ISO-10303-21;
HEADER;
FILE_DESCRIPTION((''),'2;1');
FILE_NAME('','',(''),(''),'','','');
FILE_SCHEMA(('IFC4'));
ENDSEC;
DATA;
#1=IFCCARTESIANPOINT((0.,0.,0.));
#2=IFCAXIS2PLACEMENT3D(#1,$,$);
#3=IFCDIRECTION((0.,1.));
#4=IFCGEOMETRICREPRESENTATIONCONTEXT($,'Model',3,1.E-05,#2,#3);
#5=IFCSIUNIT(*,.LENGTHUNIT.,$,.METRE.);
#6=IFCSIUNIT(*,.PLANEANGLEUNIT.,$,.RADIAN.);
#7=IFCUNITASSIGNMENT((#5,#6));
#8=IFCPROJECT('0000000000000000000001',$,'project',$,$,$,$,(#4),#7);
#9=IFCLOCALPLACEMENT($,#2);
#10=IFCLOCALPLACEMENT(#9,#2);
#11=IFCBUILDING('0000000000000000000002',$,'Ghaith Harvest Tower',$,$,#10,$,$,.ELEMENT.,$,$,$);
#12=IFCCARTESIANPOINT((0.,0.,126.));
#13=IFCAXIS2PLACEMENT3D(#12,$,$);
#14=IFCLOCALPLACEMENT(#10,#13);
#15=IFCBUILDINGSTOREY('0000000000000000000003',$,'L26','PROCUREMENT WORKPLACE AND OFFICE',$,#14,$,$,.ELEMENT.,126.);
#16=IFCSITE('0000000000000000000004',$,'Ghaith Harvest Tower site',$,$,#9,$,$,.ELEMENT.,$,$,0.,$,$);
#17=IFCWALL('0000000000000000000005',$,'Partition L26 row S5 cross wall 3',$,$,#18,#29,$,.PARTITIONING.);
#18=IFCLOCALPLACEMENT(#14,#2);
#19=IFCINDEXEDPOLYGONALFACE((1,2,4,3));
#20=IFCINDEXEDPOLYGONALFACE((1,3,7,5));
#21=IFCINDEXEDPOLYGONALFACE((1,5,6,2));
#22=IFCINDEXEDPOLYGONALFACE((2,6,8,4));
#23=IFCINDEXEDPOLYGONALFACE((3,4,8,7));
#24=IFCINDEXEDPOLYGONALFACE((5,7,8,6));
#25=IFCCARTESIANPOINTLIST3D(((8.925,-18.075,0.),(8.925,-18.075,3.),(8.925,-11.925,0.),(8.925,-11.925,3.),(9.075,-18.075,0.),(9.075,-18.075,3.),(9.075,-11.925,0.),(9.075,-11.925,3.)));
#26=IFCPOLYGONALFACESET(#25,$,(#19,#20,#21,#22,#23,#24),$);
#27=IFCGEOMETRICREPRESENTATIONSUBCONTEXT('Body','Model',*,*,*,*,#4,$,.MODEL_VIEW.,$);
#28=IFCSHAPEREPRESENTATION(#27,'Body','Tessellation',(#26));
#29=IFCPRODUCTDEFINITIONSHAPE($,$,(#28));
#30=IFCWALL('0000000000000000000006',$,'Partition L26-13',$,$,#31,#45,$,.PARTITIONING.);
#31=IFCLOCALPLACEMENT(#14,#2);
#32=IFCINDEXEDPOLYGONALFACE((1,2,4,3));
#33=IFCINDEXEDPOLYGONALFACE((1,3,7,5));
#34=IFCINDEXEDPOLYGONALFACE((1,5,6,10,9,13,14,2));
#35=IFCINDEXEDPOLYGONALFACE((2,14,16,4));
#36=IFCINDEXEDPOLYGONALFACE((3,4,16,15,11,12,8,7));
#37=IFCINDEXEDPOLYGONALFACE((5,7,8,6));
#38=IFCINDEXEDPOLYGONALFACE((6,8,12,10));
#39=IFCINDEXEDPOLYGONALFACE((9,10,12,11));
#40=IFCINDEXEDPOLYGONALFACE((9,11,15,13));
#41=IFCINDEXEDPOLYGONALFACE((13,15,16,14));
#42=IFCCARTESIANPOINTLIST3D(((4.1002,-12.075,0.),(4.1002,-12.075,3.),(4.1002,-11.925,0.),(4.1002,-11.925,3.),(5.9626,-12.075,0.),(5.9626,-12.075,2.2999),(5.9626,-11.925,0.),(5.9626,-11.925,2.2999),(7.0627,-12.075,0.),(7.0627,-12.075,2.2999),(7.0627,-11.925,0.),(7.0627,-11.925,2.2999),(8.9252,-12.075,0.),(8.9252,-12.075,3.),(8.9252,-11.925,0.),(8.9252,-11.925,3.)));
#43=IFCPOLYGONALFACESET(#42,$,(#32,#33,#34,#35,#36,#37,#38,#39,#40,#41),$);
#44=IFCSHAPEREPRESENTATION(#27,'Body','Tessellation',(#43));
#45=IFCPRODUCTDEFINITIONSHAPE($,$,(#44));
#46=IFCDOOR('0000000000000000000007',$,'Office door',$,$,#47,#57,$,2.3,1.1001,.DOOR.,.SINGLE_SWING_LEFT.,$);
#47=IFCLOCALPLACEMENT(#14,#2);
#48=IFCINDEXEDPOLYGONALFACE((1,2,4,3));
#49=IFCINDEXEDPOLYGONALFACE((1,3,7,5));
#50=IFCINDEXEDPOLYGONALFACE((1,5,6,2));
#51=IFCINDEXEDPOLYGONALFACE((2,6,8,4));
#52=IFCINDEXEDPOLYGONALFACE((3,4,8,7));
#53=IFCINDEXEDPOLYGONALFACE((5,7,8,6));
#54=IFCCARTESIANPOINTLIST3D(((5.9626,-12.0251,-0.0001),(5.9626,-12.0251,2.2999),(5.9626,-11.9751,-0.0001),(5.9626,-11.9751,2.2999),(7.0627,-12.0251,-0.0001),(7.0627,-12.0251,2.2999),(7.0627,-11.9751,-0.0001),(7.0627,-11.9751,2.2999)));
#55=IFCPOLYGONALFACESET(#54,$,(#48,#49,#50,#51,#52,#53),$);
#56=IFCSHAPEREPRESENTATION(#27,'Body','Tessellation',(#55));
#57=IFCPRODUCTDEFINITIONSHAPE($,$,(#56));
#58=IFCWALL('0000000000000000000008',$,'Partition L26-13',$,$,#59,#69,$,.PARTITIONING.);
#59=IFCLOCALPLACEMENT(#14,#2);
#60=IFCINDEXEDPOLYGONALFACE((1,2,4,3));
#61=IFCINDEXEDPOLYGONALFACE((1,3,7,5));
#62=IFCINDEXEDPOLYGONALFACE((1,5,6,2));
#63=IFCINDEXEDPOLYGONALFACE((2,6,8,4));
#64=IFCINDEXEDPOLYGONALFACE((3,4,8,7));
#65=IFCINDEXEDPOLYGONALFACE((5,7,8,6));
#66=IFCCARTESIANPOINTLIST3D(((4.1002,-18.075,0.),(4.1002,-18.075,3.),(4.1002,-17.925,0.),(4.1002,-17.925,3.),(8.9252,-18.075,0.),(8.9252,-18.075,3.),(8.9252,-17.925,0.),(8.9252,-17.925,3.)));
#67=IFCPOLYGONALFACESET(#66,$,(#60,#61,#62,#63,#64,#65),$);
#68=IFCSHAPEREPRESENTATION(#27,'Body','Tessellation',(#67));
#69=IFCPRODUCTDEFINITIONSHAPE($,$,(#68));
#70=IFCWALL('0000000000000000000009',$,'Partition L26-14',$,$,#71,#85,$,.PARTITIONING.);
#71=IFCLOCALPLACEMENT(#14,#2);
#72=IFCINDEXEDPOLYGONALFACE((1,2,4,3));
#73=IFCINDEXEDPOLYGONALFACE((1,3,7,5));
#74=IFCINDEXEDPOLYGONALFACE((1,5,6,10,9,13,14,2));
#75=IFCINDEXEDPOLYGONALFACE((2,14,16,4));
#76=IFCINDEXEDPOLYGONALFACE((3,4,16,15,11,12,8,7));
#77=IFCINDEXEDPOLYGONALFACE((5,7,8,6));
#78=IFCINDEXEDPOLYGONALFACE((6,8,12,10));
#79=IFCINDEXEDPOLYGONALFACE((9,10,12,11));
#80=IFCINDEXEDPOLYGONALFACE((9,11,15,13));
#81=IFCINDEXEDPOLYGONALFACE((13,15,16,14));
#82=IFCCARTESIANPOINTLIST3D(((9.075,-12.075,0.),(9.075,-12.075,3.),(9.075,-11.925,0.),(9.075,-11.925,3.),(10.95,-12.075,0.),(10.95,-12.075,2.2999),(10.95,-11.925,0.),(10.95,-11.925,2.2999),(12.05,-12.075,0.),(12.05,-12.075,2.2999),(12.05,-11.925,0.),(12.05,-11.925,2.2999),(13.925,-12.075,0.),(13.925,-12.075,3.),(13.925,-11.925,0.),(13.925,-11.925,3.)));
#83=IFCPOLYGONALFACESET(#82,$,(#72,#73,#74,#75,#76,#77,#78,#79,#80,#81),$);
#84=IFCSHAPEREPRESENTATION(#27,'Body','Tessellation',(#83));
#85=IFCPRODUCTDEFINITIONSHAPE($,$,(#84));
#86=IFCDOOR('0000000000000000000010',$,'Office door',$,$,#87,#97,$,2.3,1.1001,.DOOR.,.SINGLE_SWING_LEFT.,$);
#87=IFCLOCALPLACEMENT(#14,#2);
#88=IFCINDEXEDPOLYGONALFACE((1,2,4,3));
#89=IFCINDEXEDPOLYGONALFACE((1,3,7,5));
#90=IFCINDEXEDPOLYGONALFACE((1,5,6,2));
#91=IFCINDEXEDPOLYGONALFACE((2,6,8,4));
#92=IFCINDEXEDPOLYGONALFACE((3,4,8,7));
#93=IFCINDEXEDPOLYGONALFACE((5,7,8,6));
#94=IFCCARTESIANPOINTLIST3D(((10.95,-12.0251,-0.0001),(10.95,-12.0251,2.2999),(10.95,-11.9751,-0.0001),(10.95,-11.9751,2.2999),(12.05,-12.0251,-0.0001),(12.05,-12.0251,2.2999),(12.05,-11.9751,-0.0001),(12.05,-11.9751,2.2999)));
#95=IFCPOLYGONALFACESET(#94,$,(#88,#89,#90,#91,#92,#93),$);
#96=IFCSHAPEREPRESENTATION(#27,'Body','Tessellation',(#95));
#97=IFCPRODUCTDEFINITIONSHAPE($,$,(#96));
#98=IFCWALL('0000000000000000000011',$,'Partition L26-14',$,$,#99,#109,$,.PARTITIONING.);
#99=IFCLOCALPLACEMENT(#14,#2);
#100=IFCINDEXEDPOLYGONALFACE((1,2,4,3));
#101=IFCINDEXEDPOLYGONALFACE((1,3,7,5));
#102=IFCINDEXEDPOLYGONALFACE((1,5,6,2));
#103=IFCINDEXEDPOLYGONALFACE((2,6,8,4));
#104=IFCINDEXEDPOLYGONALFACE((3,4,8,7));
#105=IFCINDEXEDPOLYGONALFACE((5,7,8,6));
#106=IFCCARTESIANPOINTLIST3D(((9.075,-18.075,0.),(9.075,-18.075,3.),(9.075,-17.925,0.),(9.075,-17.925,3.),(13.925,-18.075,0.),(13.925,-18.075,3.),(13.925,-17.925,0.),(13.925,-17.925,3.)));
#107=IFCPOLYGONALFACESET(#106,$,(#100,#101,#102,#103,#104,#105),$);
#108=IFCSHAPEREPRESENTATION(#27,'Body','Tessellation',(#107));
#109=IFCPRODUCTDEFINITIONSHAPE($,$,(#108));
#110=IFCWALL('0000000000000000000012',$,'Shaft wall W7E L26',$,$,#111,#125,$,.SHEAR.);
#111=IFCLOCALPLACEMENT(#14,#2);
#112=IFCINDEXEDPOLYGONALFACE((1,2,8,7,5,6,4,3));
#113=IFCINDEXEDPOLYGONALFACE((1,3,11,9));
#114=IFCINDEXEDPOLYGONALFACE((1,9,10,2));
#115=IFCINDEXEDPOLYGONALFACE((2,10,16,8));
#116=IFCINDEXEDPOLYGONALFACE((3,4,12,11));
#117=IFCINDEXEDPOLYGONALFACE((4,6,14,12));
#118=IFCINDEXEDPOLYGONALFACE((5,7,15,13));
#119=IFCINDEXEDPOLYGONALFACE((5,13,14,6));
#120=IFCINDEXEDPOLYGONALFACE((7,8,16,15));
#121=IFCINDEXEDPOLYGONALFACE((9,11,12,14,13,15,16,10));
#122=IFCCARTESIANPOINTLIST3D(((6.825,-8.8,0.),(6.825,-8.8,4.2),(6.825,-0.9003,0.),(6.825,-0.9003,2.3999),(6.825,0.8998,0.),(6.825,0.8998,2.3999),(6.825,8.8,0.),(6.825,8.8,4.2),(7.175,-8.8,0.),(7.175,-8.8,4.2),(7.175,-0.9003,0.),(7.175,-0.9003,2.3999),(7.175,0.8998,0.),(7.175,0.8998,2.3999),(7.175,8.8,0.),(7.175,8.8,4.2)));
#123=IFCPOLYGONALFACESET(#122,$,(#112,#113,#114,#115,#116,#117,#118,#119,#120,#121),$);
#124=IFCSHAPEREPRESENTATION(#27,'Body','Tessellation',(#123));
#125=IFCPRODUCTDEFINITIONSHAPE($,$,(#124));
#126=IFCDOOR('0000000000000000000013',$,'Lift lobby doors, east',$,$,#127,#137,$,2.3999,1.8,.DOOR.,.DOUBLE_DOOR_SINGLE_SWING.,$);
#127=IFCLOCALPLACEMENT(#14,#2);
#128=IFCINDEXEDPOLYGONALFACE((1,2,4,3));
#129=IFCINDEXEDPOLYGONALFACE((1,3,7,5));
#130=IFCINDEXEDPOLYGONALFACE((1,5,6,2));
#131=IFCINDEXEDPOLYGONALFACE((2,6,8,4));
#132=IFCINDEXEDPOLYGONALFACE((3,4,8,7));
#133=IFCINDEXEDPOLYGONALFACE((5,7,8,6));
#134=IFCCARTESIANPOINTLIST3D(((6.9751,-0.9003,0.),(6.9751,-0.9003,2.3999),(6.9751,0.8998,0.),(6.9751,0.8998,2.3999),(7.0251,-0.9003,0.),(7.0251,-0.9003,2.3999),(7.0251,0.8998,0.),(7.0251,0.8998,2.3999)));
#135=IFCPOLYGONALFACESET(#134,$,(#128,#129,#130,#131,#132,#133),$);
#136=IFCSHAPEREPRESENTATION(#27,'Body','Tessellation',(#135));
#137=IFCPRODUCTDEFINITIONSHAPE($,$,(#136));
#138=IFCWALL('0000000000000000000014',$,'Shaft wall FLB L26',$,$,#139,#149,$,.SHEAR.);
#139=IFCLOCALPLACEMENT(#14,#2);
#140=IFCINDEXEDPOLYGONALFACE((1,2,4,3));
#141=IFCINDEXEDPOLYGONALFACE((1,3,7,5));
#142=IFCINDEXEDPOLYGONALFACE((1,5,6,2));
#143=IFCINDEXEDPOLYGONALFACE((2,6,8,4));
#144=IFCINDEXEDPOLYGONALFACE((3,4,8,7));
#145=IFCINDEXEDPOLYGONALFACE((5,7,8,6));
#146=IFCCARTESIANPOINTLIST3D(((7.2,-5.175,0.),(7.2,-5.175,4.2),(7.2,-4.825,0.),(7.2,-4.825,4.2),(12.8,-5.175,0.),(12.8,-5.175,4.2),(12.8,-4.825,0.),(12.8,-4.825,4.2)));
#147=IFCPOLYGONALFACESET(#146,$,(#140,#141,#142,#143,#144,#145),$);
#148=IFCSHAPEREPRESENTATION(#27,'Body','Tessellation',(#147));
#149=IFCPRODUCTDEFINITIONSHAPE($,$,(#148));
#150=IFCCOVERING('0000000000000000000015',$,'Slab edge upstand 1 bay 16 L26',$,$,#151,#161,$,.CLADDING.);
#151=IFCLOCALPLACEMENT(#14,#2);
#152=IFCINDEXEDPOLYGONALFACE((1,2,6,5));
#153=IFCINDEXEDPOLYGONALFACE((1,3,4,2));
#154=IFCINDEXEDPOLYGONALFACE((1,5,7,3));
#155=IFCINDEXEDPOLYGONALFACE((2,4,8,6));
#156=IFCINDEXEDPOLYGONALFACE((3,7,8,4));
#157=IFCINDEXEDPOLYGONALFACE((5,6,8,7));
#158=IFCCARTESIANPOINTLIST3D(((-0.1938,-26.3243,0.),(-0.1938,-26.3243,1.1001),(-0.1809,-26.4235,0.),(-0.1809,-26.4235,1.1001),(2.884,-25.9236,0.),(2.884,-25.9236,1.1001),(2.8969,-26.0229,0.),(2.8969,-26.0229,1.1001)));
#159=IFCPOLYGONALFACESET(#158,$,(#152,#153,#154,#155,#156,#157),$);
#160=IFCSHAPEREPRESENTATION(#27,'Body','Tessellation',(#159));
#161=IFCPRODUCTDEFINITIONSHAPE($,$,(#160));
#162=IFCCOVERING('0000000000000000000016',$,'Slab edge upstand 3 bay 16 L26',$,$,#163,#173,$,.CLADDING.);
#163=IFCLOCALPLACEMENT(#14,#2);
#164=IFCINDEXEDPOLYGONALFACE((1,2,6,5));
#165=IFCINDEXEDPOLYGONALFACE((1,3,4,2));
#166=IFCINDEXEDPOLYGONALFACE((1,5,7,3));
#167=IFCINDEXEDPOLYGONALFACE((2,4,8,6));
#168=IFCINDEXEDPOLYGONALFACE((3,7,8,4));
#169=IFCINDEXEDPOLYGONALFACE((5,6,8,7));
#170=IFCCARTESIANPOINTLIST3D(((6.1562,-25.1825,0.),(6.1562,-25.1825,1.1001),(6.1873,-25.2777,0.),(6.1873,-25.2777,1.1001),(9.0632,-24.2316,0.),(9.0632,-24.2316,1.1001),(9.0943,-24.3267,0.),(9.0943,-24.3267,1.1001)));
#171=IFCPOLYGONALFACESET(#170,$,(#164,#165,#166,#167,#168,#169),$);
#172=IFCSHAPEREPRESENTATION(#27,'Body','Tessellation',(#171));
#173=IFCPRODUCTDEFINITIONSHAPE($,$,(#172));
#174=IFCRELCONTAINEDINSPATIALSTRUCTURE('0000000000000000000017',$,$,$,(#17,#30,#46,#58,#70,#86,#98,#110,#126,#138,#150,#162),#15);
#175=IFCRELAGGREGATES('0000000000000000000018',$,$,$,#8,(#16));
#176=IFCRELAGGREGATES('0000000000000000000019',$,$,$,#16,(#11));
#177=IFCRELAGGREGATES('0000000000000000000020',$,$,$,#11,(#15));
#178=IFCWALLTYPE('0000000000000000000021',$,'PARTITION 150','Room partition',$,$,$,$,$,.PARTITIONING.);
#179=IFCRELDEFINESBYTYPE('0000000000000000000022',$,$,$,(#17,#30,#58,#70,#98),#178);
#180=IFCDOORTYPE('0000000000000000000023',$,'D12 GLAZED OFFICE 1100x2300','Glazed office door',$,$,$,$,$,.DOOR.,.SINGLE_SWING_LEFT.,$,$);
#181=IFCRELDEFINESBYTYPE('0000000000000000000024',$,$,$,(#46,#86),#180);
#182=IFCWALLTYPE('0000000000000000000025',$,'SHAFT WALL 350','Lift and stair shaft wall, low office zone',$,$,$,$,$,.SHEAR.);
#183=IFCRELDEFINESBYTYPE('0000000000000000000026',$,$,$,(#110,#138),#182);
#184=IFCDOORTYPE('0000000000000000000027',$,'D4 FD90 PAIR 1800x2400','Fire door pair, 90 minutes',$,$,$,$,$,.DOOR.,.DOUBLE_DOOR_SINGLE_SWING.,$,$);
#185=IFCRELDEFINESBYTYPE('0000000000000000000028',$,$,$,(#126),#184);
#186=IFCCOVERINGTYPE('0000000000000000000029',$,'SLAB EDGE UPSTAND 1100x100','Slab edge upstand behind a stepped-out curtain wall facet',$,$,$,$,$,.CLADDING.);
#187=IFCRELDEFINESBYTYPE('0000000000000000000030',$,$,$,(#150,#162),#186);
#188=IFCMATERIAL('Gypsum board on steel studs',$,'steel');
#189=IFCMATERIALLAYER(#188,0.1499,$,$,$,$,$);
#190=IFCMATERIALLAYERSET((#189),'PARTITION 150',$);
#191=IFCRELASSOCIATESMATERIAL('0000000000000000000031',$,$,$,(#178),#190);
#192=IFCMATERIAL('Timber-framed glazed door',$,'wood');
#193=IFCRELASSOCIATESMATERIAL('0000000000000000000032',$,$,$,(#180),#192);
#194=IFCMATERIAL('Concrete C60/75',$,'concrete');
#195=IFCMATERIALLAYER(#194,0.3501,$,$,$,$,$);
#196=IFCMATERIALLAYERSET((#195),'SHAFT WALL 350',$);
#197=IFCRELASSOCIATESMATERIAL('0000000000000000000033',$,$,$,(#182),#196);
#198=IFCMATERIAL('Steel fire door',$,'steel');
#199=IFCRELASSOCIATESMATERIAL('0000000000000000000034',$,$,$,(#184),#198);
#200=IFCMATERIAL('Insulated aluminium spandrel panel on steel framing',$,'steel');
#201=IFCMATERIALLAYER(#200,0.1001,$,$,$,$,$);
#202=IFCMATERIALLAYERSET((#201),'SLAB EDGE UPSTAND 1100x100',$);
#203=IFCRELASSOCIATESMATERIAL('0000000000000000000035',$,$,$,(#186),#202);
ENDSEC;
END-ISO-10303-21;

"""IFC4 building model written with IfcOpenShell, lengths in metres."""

from ifc_helpers import new_model, si_unit, direction, frame, frame_2d, origin, origin_2d, place, context, subcontext, project, spatial, rectangle, extrude, material, layer, layer_set, type_object, element, fill, save


model = new_model("IFC4")

# Units and contexts
model_context = context("Model", 3, precision=1e-05, world=origin(), true_north=direction((0.0, 1.0)))
body_context = subcontext(model_context, "Body", "Model", "MODEL_VIEW")
ifc_project = project(units=[si_unit("LENGTHUNIT", "METRE"), si_unit("PLANEANGLEUNIT", "RADIAN")], contexts=[model_context])

# Site, building, storey
site_placement = place(None, origin())
site = spatial("IfcSite", under=ifc_project, at=site_placement, Name="Ghaith Harvest Tower site", CompositionType="ELEMENT", RefElevation=0.0)
building_placement = place(site_placement, origin())
building = spatial("IfcBuilding", under=site, at=building_placement, Name="Ghaith Harvest Tower", CompositionType="ELEMENT")
storey_placement = place(building_placement, frame((0.0, 0.0, 126.0)))
storey = spatial("IfcBuildingStorey", under=building, at=storey_placement, Name="L26", Description="PROCUREMENT WORKPLACE AND OFFICE", CompositionType="ELEMENT", Elevation=126.0)

# Wall
ifc_material_1 = material(Name="Gypsum board on steel studs", Category="steel")
ifc_layer_1 = layer(ifc_material_1, 0.1499)
ifc_layer_set_1 = layer_set([ifc_layer_1], Name="PARTITION 150")
wall_type_1 = type_object("IfcWallType", Name="PARTITION 150", Description="Room partition", PredefinedType="PARTITIONING", material=ifc_layer_set_1)
wall_1_placement = place(storey_placement, frame((9.0, -11.925, 0.0), z_axis=(0.0, 0.0, 1.0), x_axis=(0.0, -1.0, 0.0)))
element("IfcWall", 1, at=wall_1_placement, inside=storey, type_object=wall_type_1, Name="Partition L26 row S5 cross wall 3", PredefinedType="PARTITIONING", context=body_context, shape_type="SweptSolid", body=[
    extrude(rectangle(XDim=6.1499, YDim=0.1499, at=frame_2d((3.075, 0.0))), origin(), (0.0, 0.0, 1.0), 3.0),
])

# Wall, opening, door
wall_2_placement = place(storey_placement, frame((4.1001, -12.0, 0.0), z_axis=(0.0, 0.0, 1.0), x_axis=(1.0, 0.0, 0.0)))
wall_2 = element("IfcWall", 2, at=wall_2_placement, inside=storey, type_object=wall_type_1, Name="Partition L26-13", PredefinedType="PARTITIONING", context=body_context, shape_type="SweptSolid", body=[
    extrude(rectangle(XDim=4.825, YDim=0.1499, at=frame_2d((2.4126, 0.0))), origin(), (0.0, 0.0, 1.0), 3.0),
])
opening_1_placement = place(wall_2_placement, frame((1.8625, 0.0, 0.0)))
opening_1 = element("IfcOpeningElement", 3, at=opening_1_placement, cuts=wall_2, PredefinedType="OPENING", context=body_context, shape_type="SweptSolid", body=[
    extrude(rectangle(XDim=1.1001, YDim=2.3, at=frame_2d((0.55, 1.1499))), frame((0.0, 0.085, 0.0), z_axis=(0.0, -1.0, 0.0), x_axis=(1.0, 0.0, 0.0)), (0.0, 0.0, 1.0), 0.1699),
])
ifc_material_2 = material(Name="Timber-framed glazed door", Category="wood")
door_type_1 = type_object("IfcDoorType", Name="D12 GLAZED OFFICE 1100x2300", Description="Glazed office door", OperationType="SINGLE_SWING_LEFT", PredefinedType="DOOR", material=ifc_material_2)
door_1_placement = place(opening_1_placement, origin())
door_1 = element("IfcDoor", 4, at=door_1_placement, inside=storey, type_object=door_type_1, Name="Office door", OperationType="SINGLE_SWING_LEFT", OverallHeight=2.3, OverallWidth=1.1001, PredefinedType="DOOR", context=body_context, shape_type="SweptSolid", body=[
    extrude(rectangle(XDim=1.1001, YDim=2.3, at=frame_2d((0.55, 1.1499))), frame((0.0, 0.0249, 0.0), z_axis=(0.0, -1.0, 0.0), x_axis=(1.0, 0.0, 0.0)), (0.0, 0.0, 1.0), 0.05),
])
fill(opening_1, door_1)

# Wall
wall_3_placement = place(storey_placement, frame((4.1001, -18.0, 0.0), z_axis=(0.0, 0.0, 1.0), x_axis=(1.0, 0.0, 0.0)))
element("IfcWall", 5, at=wall_3_placement, inside=storey, type_object=wall_type_1, Name="Partition L26-13", PredefinedType="PARTITIONING", context=body_context, shape_type="SweptSolid", body=[
    extrude(rectangle(XDim=4.825, YDim=0.1499, at=frame_2d((2.4126, 0.0))), origin(), (0.0, 0.0, 1.0), 3.0),
])

# Wall, opening, door
wall_4_placement = place(storey_placement, frame((9.075, -12.0, 0.0), z_axis=(0.0, 0.0, 1.0), x_axis=(1.0, 0.0, 0.0)))
wall_4 = element("IfcWall", 6, at=wall_4_placement, inside=storey, type_object=wall_type_1, Name="Partition L26-14", PredefinedType="PARTITIONING", context=body_context, shape_type="SweptSolid", body=[
    extrude(rectangle(XDim=4.8501, YDim=0.1499, at=frame_2d((2.425, 0.0))), origin(), (0.0, 0.0, 1.0), 3.0),
])
opening_2_placement = place(wall_4_placement, frame((1.875, 0.0, 0.0)))
opening_2 = element("IfcOpeningElement", 7, at=opening_2_placement, cuts=wall_4, PredefinedType="OPENING", context=body_context, shape_type="SweptSolid", body=[
    extrude(rectangle(XDim=1.1001, YDim=2.3, at=frame_2d((0.55, 1.1499))), frame((0.0, 0.085, 0.0), z_axis=(0.0, -1.0, 0.0), x_axis=(1.0, 0.0, 0.0)), (0.0, 0.0, 1.0), 0.1699),
])
door_2_placement = place(opening_2_placement, origin())
door_2 = element("IfcDoor", 8, at=door_2_placement, inside=storey, type_object=door_type_1, Name="Office door", OperationType="SINGLE_SWING_LEFT", OverallHeight=2.3, OverallWidth=1.1001, PredefinedType="DOOR", context=body_context, shape_type="SweptSolid", body=[
    extrude(rectangle(XDim=1.1001, YDim=2.3, at=frame_2d((0.55, 1.1499))), frame((0.0, 0.0249, 0.0), z_axis=(0.0, -1.0, 0.0), x_axis=(1.0, 0.0, 0.0)), (0.0, 0.0, 1.0), 0.05),
])
fill(opening_2, door_2)

# Wall
wall_5_placement = place(storey_placement, frame((9.075, -18.0, 0.0), z_axis=(0.0, 0.0, 1.0), x_axis=(1.0, 0.0, 0.0)))
element("IfcWall", 9, at=wall_5_placement, inside=storey, type_object=wall_type_1, Name="Partition L26-14", PredefinedType="PARTITIONING", context=body_context, shape_type="SweptSolid", body=[
    extrude(rectangle(XDim=4.8501, YDim=0.1499, at=frame_2d((2.425, 0.0))), origin(), (0.0, 0.0, 1.0), 3.0),
])

# Wall, opening, door
ifc_material_3 = material(Name="Concrete C60/75", Category="concrete")
ifc_layer_2 = layer(ifc_material_3, 0.3501)
ifc_layer_set_2 = layer_set([ifc_layer_2], Name="SHAFT WALL 350")
wall_type_2 = type_object("IfcWallType", Name="SHAFT WALL 350", Description="Lift and stair shaft wall, low office zone", PredefinedType="SHEAR", material=ifc_layer_set_2)
wall_6_placement = place(storey_placement, frame((7.0, -8.8, 0.0), z_axis=(0.0, 0.0, 1.0), x_axis=(0.0, 1.0, 0.0)))
wall_6 = element("IfcWall", 10, at=wall_6_placement, inside=storey, type_object=wall_type_2, Name="Shaft wall W7E L26", PredefinedType="SHEAR", context=body_context, shape_type="SweptSolid", body=[
    extrude(rectangle(XDim=17.6001, YDim=0.3501, at=frame_2d((8.8, 0.0))), origin(), (0.0, 0.0, 1.0), 4.2),
])
opening_3_placement = place(wall_6_placement, frame((7.8999, 0.0, 0.0)))
opening_3 = element("IfcOpeningElement", 11, at=opening_3_placement, cuts=wall_6, PredefinedType="OPENING", context=body_context, shape_type="SweptSolid", body=[
    extrude(rectangle(XDim=1.8, YDim=2.3999, at=frame_2d((0.8999, 1.2))), frame((0.0, 0.1851, 0.0), z_axis=(0.0, -1.0, 0.0), x_axis=(1.0, 0.0, 0.0)), (0.0, 0.0, 1.0), 0.3701),
])
ifc_material_4 = material(Name="Steel fire door", Category="steel")
door_type_2 = type_object("IfcDoorType", Name="D4 FD90 PAIR 1800x2400", Description="Fire door pair, 90 minutes", OperationType="DOUBLE_DOOR_SINGLE_SWING", PredefinedType="DOOR", material=ifc_material_4)
door_3_placement = place(opening_3_placement, origin())
door_3 = element("IfcDoor", 12, at=door_3_placement, inside=storey, type_object=door_type_2, Name="Lift lobby doors, east", OperationType="DOUBLE_DOOR_SINGLE_SWING", OverallHeight=2.3999, OverallWidth=1.8, PredefinedType="DOOR", context=body_context, shape_type="SweptSolid", body=[
    extrude(rectangle(XDim=1.8, YDim=2.3999, at=frame_2d((0.8999, 1.2))), frame((0.0, 0.0249, 0.0), z_axis=(0.0, -1.0, 0.0), x_axis=(1.0, 0.0, 0.0)), (0.0, 0.0, 1.0), 0.05),
])
fill(opening_3, door_3)

# Wall
wall_7_placement = place(storey_placement, frame((7.2, -5.0, 0.0), z_axis=(0.0, 0.0, 1.0), x_axis=(1.0, 0.0, 0.0)))
element("IfcWall", 13, at=wall_7_placement, inside=storey, type_object=wall_type_2, Name="Shaft wall FLB L26", PredefinedType="SHEAR", context=body_context, shape_type="SweptSolid", body=[
    extrude(rectangle(XDim=5.6001, YDim=0.3501, at=frame_2d((2.8, 0.0))), origin(), (0.0, 0.0, 1.0), 4.2),
])

# Coverings
ifc_material_5 = material(Name="Insulated aluminium spandrel panel on steel framing", Category="steel")
ifc_layer_3 = layer(ifc_material_5, 0.1001)
ifc_layer_set_3 = layer_set([ifc_layer_3], Name="SLAB EDGE UPSTAND 1100x100")
covering_type = type_object("IfcCoveringType", Name="SLAB EDGE UPSTAND 1100x100", Description="Slab edge upstand behind a stepped-out curtain wall facet", PredefinedType="CLADDING", material=ifc_layer_set_3)
covering_1_placement = place(storey_placement, frame((1.3516, -26.1736, 0.0), z_axis=(0.0, 0.0, 1.0), x_axis=(0.991634, 0.129084, 0.0)))
element("IfcCovering", 14, at=covering_1_placement, inside=storey, type_object=covering_type, Name="Slab edge upstand 1 bay 16 L26", PredefinedType="CLADDING", context=body_context, shape_type="SweptSolid", body=[
    extrude(rectangle(XDim=3.1038, YDim=0.1001, at=origin_2d()), origin(), (0.0, 0.0, 1.0), 1.1001),
])
covering_2_placement = place(storey_placement, frame((7.6252, -24.7546, 0.0), z_axis=(0.0, 0.0, 1.0), x_axis=(0.950441, 0.310904, 0.0)))
element("IfcCovering", 15, at=covering_2_placement, inside=storey, type_object=covering_type, Name="Slab edge upstand 3 bay 16 L26", PredefinedType="CLADDING", context=body_context, shape_type="SweptSolid", body=[
    extrude(rectangle(XDim=3.0586, YDim=0.1001, at=origin_2d()), origin(), (0.0, 0.0, 1.0), 1.1001),
])

save(model, "model.ifc")
